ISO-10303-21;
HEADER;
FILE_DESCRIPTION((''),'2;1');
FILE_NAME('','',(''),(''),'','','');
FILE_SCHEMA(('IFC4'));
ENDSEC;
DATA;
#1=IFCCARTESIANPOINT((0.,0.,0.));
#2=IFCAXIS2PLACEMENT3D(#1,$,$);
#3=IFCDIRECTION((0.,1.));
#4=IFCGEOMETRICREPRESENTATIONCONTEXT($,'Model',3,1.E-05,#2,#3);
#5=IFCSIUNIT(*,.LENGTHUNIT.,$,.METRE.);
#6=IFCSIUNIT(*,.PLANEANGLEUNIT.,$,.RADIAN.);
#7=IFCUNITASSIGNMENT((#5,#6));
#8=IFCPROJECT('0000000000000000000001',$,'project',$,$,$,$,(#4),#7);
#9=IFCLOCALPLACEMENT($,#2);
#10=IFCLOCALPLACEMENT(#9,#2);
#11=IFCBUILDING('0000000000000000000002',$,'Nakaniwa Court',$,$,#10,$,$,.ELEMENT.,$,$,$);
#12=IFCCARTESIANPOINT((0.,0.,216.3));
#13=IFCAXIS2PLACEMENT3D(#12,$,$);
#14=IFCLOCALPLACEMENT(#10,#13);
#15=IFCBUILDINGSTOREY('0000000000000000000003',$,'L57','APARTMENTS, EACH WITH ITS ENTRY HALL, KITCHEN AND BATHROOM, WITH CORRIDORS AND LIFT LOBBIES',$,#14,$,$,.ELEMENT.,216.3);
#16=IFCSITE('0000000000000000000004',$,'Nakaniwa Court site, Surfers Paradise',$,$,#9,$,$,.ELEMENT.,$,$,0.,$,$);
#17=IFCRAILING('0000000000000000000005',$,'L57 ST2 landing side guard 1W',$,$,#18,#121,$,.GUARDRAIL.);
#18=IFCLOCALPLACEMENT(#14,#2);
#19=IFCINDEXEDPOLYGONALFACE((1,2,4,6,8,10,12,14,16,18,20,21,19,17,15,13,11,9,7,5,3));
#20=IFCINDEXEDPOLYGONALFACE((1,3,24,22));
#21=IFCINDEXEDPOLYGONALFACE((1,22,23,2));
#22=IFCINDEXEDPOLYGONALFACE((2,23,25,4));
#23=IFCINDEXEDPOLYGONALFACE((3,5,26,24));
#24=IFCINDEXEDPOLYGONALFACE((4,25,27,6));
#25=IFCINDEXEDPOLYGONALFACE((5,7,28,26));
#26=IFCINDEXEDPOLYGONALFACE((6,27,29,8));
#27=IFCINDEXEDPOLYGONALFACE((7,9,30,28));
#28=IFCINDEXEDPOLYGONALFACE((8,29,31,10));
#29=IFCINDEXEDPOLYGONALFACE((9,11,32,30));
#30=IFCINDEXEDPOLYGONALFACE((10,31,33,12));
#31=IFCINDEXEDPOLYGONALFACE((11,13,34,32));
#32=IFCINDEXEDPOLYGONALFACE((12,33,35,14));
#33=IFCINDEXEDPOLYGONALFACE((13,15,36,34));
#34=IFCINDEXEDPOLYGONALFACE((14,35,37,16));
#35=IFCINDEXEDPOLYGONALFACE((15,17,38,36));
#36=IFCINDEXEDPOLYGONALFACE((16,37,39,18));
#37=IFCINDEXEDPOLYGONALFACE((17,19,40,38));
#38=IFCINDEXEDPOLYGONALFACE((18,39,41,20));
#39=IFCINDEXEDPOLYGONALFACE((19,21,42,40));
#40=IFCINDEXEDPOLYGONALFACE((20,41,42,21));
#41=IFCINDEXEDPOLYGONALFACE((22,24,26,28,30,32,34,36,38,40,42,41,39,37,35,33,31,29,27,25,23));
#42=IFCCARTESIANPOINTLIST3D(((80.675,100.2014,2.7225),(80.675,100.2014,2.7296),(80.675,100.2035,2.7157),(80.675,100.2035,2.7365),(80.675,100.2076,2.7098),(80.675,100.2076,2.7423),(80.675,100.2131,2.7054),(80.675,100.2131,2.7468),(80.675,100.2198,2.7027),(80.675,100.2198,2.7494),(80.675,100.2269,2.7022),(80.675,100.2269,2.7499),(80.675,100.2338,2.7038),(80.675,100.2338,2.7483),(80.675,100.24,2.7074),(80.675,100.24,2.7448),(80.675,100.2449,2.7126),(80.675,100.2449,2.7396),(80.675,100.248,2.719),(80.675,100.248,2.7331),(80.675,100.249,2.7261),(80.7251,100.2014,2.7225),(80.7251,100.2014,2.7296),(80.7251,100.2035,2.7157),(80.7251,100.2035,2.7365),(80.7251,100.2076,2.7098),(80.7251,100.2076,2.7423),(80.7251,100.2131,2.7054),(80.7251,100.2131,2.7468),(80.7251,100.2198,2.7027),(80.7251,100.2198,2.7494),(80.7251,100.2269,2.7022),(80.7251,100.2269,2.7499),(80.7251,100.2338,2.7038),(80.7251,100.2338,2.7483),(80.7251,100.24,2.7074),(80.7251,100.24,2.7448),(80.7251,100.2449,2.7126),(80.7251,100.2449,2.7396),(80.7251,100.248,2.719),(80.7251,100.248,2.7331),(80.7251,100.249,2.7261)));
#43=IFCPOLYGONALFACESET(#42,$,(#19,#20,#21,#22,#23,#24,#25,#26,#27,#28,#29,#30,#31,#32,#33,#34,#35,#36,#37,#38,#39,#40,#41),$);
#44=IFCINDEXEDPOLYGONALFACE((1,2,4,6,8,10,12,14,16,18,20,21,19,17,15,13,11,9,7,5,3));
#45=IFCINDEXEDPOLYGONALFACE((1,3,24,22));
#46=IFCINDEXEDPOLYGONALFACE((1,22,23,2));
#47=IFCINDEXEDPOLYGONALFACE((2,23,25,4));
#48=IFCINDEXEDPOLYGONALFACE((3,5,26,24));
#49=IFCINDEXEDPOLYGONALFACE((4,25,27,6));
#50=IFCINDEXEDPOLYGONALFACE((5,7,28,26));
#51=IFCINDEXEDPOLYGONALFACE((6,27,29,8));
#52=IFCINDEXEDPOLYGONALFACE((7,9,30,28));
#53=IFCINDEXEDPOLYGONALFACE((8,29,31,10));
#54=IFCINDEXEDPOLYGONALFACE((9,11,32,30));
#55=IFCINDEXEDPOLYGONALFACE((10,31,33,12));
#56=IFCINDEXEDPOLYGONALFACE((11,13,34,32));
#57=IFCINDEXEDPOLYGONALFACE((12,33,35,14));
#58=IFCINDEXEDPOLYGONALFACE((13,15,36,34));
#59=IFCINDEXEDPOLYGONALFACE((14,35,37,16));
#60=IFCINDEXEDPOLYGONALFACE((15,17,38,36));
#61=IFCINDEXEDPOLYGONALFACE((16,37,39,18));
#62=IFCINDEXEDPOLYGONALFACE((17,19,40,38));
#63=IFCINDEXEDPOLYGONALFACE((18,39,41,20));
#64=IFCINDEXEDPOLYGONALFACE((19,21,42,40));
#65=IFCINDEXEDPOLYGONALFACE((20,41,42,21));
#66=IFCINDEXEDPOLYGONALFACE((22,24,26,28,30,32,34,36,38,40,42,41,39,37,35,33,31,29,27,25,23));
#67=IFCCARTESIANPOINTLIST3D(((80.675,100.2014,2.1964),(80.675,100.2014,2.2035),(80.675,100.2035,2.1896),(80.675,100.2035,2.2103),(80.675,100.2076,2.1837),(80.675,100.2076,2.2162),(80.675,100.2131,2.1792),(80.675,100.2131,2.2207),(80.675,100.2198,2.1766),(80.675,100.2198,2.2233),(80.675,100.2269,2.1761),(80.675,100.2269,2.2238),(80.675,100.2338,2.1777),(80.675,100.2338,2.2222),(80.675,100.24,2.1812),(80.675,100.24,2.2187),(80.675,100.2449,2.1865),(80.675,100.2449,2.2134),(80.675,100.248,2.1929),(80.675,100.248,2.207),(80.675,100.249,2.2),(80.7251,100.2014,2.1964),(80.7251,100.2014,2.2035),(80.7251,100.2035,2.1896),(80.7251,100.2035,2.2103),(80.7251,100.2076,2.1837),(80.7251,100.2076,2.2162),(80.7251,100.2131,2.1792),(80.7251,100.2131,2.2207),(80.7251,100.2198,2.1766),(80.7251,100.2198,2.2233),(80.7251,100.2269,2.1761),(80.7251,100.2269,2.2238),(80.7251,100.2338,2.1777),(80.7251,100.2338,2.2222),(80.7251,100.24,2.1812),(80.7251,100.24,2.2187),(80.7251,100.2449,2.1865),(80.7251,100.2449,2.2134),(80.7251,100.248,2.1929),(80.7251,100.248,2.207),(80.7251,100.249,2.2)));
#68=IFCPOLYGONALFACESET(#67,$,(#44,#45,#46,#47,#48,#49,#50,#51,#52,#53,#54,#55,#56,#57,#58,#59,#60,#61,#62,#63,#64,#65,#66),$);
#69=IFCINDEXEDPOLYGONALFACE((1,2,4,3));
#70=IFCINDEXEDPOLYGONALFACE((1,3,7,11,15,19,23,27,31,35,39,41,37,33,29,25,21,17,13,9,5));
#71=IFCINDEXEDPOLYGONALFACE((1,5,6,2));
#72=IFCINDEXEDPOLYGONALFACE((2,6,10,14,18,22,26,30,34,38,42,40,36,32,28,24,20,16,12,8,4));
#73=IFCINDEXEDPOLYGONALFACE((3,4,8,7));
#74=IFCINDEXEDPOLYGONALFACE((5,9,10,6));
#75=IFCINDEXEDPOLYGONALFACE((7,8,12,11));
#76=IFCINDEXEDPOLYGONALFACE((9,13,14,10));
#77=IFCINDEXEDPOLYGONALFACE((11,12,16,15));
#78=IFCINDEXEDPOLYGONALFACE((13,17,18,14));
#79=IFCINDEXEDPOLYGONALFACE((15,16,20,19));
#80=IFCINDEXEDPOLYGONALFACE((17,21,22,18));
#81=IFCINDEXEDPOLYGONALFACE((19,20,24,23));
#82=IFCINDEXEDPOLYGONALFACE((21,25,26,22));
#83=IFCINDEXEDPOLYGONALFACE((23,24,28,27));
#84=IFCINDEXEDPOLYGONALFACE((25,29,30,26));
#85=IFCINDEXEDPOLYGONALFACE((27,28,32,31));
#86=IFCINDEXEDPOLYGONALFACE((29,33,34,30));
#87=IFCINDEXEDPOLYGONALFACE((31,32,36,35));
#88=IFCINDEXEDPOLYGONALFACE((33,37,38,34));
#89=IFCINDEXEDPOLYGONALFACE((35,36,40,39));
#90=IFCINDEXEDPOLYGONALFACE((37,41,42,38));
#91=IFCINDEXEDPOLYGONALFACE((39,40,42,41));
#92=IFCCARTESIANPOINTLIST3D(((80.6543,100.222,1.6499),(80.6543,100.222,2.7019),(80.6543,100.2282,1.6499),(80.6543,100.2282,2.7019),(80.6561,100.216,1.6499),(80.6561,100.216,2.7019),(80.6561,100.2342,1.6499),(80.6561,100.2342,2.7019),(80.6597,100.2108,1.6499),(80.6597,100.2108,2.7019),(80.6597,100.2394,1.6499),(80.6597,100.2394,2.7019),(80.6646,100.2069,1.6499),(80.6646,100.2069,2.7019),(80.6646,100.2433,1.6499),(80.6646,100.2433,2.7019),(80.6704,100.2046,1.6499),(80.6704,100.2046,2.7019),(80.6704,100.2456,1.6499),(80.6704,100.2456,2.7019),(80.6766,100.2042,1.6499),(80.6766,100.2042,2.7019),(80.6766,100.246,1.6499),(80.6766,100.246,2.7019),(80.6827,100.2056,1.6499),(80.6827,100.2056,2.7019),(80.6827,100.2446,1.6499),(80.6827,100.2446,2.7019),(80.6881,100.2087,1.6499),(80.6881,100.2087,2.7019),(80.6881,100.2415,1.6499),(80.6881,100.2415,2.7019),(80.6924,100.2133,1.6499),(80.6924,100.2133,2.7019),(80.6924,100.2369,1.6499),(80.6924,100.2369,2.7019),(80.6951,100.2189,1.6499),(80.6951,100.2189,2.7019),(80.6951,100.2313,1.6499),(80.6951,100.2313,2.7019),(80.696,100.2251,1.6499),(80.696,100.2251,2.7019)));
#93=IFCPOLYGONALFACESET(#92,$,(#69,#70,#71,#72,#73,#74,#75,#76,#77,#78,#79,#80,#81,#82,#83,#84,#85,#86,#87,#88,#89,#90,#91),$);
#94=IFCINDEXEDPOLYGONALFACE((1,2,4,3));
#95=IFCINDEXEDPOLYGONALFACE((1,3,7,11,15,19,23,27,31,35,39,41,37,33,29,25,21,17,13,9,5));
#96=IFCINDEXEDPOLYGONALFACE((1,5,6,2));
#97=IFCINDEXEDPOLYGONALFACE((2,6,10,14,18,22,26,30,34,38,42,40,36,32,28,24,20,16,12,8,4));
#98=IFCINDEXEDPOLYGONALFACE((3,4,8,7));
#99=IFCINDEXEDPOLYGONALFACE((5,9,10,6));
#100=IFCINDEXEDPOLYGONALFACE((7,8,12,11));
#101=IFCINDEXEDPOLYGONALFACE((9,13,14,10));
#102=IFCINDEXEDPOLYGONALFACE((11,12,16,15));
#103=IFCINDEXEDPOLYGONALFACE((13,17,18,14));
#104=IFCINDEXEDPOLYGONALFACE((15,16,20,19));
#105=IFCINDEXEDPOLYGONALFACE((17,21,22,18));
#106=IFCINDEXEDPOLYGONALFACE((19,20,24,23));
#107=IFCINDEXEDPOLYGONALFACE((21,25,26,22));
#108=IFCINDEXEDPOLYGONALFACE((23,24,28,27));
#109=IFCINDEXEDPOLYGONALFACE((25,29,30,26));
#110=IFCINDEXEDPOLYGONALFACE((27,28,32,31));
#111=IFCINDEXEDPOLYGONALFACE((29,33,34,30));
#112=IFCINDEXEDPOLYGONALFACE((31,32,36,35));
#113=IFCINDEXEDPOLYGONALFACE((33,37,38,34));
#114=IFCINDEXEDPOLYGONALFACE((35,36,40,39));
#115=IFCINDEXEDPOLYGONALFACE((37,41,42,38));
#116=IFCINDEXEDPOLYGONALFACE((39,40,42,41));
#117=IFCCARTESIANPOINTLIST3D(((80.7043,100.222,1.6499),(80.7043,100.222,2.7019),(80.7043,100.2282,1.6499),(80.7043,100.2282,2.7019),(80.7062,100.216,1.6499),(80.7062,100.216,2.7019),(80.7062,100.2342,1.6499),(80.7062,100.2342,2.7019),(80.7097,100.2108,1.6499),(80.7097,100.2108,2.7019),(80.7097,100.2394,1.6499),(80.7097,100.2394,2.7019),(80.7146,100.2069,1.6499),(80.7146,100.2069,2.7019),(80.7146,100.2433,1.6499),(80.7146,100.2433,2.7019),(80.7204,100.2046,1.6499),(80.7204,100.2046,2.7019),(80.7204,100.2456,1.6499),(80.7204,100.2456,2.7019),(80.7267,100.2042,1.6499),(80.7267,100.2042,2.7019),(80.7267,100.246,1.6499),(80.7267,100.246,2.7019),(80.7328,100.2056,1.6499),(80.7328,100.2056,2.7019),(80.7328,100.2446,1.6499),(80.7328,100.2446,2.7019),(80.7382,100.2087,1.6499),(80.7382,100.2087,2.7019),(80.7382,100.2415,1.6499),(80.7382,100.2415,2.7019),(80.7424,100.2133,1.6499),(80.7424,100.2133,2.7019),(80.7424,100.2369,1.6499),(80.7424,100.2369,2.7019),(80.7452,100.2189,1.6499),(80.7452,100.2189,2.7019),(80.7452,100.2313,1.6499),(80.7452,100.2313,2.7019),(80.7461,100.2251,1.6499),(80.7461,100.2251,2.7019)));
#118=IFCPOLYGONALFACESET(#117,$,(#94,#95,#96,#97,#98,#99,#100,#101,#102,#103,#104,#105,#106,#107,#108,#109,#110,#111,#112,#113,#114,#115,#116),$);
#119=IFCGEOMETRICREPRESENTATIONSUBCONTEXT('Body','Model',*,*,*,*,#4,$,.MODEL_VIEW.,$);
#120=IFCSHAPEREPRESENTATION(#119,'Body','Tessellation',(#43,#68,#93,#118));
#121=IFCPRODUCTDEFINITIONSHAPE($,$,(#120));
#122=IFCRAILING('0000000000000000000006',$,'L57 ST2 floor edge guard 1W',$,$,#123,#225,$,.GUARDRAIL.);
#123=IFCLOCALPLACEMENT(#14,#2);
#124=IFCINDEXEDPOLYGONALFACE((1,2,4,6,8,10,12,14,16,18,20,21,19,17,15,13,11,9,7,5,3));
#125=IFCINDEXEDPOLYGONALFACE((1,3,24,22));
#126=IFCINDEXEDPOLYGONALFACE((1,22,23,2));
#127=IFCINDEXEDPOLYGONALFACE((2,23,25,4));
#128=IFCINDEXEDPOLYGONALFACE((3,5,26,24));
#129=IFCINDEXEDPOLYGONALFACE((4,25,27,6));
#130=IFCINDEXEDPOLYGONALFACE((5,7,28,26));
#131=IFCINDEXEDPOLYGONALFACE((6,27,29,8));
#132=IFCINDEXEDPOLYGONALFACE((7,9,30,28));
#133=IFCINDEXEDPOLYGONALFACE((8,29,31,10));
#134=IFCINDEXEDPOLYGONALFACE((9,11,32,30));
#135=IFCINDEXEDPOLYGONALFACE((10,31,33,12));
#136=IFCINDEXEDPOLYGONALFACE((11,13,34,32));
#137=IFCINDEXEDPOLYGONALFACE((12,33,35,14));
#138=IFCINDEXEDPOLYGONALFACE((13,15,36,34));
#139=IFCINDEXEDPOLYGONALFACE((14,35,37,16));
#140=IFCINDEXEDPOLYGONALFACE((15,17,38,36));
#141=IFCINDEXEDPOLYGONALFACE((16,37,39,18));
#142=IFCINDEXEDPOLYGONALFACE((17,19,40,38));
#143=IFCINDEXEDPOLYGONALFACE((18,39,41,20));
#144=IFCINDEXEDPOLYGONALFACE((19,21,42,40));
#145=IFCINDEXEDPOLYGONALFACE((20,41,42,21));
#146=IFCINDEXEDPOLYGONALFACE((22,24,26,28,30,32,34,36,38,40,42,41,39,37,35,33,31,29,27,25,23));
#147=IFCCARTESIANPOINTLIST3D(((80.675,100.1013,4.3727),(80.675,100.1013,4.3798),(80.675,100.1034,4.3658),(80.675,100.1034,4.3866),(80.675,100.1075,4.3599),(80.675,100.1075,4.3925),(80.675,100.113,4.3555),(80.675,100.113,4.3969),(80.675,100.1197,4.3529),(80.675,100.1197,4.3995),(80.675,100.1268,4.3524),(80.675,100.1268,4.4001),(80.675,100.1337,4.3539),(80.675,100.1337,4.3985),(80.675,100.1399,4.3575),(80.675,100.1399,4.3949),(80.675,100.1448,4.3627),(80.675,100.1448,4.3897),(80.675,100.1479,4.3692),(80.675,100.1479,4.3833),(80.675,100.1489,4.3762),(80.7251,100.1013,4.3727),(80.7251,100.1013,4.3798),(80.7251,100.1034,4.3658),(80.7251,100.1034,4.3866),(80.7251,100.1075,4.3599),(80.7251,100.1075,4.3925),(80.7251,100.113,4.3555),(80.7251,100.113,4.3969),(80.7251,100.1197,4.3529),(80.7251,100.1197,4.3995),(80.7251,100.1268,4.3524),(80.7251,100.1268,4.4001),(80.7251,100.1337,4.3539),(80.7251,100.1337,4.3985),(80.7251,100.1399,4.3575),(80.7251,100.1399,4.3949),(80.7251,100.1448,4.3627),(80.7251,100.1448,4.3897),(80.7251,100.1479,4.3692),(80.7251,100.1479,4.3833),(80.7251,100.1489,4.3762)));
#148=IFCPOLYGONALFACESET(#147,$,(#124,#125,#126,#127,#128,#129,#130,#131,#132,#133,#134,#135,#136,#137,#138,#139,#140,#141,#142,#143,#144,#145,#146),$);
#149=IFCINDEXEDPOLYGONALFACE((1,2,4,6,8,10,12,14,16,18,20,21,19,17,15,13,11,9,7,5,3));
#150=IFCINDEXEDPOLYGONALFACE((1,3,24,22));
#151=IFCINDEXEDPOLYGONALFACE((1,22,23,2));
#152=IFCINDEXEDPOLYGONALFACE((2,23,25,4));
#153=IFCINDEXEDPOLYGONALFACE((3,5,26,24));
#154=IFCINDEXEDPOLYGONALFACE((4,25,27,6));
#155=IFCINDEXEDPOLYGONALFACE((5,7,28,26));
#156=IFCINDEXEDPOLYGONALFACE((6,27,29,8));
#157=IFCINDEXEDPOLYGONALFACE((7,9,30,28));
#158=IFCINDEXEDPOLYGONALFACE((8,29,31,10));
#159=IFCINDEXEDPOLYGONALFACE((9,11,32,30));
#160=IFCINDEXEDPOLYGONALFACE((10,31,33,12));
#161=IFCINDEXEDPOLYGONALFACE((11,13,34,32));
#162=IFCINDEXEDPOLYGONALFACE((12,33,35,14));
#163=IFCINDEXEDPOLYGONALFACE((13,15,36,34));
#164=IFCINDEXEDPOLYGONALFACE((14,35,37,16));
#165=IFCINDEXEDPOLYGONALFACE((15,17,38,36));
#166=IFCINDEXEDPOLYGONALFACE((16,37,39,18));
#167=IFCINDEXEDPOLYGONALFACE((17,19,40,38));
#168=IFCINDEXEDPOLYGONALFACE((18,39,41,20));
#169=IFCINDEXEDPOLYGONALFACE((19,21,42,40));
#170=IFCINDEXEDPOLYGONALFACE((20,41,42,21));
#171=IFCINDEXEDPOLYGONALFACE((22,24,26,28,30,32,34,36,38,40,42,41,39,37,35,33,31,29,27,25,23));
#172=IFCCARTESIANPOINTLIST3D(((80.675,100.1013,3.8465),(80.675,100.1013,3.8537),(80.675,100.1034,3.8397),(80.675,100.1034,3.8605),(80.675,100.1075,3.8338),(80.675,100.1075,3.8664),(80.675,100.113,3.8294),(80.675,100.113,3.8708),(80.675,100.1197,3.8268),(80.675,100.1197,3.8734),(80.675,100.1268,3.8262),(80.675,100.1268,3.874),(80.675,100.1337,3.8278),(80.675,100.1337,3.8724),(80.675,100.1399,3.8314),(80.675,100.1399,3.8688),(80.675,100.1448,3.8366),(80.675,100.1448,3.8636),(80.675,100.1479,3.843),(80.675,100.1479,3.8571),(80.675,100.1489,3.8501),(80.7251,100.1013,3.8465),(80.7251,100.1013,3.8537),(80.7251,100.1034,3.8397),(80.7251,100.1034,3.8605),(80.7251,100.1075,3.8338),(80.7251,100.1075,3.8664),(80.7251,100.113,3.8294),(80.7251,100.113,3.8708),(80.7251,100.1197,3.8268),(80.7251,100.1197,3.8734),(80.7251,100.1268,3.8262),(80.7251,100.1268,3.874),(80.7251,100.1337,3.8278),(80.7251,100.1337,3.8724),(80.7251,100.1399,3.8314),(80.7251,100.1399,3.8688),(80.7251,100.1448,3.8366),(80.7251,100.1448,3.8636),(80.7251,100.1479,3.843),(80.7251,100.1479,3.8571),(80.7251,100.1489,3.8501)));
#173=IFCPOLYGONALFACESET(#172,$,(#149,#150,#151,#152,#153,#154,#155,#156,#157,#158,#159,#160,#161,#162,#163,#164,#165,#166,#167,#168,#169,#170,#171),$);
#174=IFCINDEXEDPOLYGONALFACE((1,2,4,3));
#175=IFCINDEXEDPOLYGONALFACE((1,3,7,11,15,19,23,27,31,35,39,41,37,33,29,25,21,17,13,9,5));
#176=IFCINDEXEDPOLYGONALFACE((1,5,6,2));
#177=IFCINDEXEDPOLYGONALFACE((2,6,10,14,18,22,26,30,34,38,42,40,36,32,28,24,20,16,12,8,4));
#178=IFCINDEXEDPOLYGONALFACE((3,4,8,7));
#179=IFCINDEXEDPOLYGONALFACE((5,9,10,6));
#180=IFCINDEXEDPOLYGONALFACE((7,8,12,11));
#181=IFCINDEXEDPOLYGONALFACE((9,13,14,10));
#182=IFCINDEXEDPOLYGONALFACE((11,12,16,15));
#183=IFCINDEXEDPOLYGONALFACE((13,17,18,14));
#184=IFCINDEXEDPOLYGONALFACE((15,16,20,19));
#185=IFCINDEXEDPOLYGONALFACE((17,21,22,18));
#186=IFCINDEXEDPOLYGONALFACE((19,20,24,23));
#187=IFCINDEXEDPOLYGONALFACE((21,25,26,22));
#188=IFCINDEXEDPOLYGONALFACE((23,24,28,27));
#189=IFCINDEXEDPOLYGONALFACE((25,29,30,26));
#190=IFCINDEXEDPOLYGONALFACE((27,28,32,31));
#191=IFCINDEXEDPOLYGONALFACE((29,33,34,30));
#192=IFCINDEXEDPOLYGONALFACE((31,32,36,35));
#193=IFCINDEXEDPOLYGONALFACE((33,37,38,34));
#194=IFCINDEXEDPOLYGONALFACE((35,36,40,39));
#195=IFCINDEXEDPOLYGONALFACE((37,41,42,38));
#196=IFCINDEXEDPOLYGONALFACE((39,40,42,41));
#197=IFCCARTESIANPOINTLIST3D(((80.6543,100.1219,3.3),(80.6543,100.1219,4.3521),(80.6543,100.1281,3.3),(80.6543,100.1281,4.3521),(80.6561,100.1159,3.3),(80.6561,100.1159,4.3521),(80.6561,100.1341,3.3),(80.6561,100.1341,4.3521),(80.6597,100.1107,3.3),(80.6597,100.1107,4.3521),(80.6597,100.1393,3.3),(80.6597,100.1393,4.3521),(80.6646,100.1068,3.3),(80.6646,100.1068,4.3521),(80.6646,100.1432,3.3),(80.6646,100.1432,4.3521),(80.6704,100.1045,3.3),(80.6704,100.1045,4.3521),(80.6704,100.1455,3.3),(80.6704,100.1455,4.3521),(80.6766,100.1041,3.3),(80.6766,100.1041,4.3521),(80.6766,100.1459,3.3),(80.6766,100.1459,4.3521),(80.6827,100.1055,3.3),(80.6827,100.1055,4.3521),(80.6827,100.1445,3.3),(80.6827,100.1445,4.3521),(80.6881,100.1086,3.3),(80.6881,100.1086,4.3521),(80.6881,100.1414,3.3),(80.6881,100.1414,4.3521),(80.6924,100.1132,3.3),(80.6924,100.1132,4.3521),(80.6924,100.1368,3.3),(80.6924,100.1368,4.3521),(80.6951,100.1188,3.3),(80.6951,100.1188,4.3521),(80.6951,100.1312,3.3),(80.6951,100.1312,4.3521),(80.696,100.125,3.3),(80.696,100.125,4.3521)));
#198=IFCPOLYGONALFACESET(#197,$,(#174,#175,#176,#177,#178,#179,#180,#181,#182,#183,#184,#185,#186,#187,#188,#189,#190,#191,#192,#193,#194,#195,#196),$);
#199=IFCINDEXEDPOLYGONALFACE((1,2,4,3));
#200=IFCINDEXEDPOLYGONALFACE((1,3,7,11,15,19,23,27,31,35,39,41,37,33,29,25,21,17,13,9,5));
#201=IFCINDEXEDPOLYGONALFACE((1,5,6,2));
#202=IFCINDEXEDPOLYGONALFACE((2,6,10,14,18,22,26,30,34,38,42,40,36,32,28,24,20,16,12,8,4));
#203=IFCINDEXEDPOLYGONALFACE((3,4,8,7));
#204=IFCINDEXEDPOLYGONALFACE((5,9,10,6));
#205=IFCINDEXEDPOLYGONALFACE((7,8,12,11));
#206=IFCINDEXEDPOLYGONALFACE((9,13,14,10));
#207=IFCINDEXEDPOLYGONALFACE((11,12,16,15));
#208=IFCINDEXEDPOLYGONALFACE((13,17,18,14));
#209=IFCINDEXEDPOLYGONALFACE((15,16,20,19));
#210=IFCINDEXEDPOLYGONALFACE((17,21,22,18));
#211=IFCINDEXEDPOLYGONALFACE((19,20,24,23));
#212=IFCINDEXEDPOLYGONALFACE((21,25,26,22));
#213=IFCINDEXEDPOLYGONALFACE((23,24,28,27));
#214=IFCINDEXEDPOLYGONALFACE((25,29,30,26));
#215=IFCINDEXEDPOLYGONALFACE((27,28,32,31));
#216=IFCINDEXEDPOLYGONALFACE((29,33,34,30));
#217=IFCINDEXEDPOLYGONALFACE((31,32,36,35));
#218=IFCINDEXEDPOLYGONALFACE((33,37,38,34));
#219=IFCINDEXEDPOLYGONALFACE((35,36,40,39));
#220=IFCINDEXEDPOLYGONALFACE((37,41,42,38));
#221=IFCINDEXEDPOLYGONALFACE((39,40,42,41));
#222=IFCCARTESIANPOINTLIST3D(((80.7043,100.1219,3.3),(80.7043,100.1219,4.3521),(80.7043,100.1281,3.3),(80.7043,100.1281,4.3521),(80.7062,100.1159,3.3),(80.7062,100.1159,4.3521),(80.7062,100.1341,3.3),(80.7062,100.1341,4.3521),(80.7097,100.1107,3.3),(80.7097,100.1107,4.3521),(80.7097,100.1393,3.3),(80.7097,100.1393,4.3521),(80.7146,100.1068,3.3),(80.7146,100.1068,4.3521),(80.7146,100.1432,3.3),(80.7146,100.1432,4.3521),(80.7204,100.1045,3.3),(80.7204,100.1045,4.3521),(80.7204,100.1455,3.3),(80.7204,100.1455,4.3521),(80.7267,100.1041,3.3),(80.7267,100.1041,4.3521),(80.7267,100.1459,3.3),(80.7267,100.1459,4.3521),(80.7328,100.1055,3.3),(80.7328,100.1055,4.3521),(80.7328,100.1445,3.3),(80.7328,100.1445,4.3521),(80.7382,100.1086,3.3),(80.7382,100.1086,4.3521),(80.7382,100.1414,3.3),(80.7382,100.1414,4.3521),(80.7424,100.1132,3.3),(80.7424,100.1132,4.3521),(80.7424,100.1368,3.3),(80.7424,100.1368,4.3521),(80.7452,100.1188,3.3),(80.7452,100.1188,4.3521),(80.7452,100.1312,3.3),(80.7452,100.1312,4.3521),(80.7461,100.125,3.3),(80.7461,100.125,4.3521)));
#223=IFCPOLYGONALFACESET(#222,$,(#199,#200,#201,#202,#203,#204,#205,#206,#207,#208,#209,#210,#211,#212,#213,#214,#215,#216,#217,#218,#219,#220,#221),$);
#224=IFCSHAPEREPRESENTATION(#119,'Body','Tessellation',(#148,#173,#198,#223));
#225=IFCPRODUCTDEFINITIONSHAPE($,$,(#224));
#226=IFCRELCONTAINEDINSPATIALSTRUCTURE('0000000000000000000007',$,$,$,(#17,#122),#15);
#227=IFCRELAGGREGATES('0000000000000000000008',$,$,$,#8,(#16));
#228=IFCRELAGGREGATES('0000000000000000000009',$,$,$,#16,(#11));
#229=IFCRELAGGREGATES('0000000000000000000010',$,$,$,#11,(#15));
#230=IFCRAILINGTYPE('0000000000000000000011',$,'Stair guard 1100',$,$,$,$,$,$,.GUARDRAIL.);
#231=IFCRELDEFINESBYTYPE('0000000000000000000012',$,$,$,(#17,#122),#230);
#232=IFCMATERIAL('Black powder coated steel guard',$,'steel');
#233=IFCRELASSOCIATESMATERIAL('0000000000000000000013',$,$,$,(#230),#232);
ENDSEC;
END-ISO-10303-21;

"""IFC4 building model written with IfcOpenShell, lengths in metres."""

from ifc_helpers import new_model, si_unit, direction, frame, origin, origin_2d, place, context, subcontext, project, spatial, circle, extrude, material, type_object, element, save


model = new_model("IFC4")

# Units and contexts
model_context = context("Model", 3, precision=1e-05, world=origin(), true_north=direction((0.0, 1.0)))
body_context = subcontext(model_context, "Body", "Model", "MODEL_VIEW")
ifc_project = project(units=[si_unit("LENGTHUNIT", "METRE"), si_unit("PLANEANGLEUNIT", "RADIAN")], contexts=[model_context])

# Site, building, storey
site_placement = place(None, origin())
site = spatial("IfcSite", under=ifc_project, at=site_placement, Name="Nakaniwa Court site, Surfers Paradise", CompositionType="ELEMENT", RefElevation=0.0)
building_placement = place(site_placement, origin())
building = spatial("IfcBuilding", under=site, at=building_placement, Name="Nakaniwa Court", CompositionType="ELEMENT")
storey_placement = place(building_placement, frame((0.0, 0.0, 216.3)))
storey = spatial("IfcBuildingStorey", under=building, at=storey_placement, Name="L57", Description="APARTMENTS, EACH WITH ITS ENTRY HALL, KITCHEN AND BATHROOM, WITH CORRIDORS AND LIFT LOBBIES", CompositionType="ELEMENT", Elevation=216.3)

# Railings
ifc_material_1 = material(Name="Black powder coated steel guard", Category="steel")
railing_type_1 = type_object("IfcRailingType", Name="Stair guard 1100", PredefinedType="GUARDRAIL", material=ifc_material_1)
for number, where, name in (
    (1, (80.675, 100.2251, 1.6499), "L57 ST2 landing side guard 1W"),
    (2, (80.675, 100.125, 3.3), "L57 ST2 floor edge guard 1W"),
):
    element("IfcRailing", number, at=place(storey_placement, frame(where)), inside=storey, type_object=railing_type_1, Name=name, PredefinedType="GUARDRAIL", context=body_context, shape_type="SweptSolid", body=[
        extrude(circle(Radius=0.0239, at=origin_2d()), frame((0.0, 0.0, 1.0762), z_axis=(1.0, 0.0, 0.0), x_axis=(0.0, 1.0, 0.0)), (0.0, 0.0, 1.0), 0.05),
        extrude(circle(Radius=0.0239, at=origin_2d()), frame((0.0, 0.0, 0.55), z_axis=(1.0, 0.0, 0.0), x_axis=(0.0, 1.0, 0.0)), (0.0, 0.0, 1.0), 0.05),
        extrude(circle(Radius=0.021, at=origin_2d()), origin(), (0.0, 0.0, 1.0), 1.052),
        extrude(circle(Radius=0.021, at=origin_2d()), frame((0.05, 0.0, 0.0)), (0.0, 0.0, 1.0), 1.052),
    ])

save(model, "model.ifc")
